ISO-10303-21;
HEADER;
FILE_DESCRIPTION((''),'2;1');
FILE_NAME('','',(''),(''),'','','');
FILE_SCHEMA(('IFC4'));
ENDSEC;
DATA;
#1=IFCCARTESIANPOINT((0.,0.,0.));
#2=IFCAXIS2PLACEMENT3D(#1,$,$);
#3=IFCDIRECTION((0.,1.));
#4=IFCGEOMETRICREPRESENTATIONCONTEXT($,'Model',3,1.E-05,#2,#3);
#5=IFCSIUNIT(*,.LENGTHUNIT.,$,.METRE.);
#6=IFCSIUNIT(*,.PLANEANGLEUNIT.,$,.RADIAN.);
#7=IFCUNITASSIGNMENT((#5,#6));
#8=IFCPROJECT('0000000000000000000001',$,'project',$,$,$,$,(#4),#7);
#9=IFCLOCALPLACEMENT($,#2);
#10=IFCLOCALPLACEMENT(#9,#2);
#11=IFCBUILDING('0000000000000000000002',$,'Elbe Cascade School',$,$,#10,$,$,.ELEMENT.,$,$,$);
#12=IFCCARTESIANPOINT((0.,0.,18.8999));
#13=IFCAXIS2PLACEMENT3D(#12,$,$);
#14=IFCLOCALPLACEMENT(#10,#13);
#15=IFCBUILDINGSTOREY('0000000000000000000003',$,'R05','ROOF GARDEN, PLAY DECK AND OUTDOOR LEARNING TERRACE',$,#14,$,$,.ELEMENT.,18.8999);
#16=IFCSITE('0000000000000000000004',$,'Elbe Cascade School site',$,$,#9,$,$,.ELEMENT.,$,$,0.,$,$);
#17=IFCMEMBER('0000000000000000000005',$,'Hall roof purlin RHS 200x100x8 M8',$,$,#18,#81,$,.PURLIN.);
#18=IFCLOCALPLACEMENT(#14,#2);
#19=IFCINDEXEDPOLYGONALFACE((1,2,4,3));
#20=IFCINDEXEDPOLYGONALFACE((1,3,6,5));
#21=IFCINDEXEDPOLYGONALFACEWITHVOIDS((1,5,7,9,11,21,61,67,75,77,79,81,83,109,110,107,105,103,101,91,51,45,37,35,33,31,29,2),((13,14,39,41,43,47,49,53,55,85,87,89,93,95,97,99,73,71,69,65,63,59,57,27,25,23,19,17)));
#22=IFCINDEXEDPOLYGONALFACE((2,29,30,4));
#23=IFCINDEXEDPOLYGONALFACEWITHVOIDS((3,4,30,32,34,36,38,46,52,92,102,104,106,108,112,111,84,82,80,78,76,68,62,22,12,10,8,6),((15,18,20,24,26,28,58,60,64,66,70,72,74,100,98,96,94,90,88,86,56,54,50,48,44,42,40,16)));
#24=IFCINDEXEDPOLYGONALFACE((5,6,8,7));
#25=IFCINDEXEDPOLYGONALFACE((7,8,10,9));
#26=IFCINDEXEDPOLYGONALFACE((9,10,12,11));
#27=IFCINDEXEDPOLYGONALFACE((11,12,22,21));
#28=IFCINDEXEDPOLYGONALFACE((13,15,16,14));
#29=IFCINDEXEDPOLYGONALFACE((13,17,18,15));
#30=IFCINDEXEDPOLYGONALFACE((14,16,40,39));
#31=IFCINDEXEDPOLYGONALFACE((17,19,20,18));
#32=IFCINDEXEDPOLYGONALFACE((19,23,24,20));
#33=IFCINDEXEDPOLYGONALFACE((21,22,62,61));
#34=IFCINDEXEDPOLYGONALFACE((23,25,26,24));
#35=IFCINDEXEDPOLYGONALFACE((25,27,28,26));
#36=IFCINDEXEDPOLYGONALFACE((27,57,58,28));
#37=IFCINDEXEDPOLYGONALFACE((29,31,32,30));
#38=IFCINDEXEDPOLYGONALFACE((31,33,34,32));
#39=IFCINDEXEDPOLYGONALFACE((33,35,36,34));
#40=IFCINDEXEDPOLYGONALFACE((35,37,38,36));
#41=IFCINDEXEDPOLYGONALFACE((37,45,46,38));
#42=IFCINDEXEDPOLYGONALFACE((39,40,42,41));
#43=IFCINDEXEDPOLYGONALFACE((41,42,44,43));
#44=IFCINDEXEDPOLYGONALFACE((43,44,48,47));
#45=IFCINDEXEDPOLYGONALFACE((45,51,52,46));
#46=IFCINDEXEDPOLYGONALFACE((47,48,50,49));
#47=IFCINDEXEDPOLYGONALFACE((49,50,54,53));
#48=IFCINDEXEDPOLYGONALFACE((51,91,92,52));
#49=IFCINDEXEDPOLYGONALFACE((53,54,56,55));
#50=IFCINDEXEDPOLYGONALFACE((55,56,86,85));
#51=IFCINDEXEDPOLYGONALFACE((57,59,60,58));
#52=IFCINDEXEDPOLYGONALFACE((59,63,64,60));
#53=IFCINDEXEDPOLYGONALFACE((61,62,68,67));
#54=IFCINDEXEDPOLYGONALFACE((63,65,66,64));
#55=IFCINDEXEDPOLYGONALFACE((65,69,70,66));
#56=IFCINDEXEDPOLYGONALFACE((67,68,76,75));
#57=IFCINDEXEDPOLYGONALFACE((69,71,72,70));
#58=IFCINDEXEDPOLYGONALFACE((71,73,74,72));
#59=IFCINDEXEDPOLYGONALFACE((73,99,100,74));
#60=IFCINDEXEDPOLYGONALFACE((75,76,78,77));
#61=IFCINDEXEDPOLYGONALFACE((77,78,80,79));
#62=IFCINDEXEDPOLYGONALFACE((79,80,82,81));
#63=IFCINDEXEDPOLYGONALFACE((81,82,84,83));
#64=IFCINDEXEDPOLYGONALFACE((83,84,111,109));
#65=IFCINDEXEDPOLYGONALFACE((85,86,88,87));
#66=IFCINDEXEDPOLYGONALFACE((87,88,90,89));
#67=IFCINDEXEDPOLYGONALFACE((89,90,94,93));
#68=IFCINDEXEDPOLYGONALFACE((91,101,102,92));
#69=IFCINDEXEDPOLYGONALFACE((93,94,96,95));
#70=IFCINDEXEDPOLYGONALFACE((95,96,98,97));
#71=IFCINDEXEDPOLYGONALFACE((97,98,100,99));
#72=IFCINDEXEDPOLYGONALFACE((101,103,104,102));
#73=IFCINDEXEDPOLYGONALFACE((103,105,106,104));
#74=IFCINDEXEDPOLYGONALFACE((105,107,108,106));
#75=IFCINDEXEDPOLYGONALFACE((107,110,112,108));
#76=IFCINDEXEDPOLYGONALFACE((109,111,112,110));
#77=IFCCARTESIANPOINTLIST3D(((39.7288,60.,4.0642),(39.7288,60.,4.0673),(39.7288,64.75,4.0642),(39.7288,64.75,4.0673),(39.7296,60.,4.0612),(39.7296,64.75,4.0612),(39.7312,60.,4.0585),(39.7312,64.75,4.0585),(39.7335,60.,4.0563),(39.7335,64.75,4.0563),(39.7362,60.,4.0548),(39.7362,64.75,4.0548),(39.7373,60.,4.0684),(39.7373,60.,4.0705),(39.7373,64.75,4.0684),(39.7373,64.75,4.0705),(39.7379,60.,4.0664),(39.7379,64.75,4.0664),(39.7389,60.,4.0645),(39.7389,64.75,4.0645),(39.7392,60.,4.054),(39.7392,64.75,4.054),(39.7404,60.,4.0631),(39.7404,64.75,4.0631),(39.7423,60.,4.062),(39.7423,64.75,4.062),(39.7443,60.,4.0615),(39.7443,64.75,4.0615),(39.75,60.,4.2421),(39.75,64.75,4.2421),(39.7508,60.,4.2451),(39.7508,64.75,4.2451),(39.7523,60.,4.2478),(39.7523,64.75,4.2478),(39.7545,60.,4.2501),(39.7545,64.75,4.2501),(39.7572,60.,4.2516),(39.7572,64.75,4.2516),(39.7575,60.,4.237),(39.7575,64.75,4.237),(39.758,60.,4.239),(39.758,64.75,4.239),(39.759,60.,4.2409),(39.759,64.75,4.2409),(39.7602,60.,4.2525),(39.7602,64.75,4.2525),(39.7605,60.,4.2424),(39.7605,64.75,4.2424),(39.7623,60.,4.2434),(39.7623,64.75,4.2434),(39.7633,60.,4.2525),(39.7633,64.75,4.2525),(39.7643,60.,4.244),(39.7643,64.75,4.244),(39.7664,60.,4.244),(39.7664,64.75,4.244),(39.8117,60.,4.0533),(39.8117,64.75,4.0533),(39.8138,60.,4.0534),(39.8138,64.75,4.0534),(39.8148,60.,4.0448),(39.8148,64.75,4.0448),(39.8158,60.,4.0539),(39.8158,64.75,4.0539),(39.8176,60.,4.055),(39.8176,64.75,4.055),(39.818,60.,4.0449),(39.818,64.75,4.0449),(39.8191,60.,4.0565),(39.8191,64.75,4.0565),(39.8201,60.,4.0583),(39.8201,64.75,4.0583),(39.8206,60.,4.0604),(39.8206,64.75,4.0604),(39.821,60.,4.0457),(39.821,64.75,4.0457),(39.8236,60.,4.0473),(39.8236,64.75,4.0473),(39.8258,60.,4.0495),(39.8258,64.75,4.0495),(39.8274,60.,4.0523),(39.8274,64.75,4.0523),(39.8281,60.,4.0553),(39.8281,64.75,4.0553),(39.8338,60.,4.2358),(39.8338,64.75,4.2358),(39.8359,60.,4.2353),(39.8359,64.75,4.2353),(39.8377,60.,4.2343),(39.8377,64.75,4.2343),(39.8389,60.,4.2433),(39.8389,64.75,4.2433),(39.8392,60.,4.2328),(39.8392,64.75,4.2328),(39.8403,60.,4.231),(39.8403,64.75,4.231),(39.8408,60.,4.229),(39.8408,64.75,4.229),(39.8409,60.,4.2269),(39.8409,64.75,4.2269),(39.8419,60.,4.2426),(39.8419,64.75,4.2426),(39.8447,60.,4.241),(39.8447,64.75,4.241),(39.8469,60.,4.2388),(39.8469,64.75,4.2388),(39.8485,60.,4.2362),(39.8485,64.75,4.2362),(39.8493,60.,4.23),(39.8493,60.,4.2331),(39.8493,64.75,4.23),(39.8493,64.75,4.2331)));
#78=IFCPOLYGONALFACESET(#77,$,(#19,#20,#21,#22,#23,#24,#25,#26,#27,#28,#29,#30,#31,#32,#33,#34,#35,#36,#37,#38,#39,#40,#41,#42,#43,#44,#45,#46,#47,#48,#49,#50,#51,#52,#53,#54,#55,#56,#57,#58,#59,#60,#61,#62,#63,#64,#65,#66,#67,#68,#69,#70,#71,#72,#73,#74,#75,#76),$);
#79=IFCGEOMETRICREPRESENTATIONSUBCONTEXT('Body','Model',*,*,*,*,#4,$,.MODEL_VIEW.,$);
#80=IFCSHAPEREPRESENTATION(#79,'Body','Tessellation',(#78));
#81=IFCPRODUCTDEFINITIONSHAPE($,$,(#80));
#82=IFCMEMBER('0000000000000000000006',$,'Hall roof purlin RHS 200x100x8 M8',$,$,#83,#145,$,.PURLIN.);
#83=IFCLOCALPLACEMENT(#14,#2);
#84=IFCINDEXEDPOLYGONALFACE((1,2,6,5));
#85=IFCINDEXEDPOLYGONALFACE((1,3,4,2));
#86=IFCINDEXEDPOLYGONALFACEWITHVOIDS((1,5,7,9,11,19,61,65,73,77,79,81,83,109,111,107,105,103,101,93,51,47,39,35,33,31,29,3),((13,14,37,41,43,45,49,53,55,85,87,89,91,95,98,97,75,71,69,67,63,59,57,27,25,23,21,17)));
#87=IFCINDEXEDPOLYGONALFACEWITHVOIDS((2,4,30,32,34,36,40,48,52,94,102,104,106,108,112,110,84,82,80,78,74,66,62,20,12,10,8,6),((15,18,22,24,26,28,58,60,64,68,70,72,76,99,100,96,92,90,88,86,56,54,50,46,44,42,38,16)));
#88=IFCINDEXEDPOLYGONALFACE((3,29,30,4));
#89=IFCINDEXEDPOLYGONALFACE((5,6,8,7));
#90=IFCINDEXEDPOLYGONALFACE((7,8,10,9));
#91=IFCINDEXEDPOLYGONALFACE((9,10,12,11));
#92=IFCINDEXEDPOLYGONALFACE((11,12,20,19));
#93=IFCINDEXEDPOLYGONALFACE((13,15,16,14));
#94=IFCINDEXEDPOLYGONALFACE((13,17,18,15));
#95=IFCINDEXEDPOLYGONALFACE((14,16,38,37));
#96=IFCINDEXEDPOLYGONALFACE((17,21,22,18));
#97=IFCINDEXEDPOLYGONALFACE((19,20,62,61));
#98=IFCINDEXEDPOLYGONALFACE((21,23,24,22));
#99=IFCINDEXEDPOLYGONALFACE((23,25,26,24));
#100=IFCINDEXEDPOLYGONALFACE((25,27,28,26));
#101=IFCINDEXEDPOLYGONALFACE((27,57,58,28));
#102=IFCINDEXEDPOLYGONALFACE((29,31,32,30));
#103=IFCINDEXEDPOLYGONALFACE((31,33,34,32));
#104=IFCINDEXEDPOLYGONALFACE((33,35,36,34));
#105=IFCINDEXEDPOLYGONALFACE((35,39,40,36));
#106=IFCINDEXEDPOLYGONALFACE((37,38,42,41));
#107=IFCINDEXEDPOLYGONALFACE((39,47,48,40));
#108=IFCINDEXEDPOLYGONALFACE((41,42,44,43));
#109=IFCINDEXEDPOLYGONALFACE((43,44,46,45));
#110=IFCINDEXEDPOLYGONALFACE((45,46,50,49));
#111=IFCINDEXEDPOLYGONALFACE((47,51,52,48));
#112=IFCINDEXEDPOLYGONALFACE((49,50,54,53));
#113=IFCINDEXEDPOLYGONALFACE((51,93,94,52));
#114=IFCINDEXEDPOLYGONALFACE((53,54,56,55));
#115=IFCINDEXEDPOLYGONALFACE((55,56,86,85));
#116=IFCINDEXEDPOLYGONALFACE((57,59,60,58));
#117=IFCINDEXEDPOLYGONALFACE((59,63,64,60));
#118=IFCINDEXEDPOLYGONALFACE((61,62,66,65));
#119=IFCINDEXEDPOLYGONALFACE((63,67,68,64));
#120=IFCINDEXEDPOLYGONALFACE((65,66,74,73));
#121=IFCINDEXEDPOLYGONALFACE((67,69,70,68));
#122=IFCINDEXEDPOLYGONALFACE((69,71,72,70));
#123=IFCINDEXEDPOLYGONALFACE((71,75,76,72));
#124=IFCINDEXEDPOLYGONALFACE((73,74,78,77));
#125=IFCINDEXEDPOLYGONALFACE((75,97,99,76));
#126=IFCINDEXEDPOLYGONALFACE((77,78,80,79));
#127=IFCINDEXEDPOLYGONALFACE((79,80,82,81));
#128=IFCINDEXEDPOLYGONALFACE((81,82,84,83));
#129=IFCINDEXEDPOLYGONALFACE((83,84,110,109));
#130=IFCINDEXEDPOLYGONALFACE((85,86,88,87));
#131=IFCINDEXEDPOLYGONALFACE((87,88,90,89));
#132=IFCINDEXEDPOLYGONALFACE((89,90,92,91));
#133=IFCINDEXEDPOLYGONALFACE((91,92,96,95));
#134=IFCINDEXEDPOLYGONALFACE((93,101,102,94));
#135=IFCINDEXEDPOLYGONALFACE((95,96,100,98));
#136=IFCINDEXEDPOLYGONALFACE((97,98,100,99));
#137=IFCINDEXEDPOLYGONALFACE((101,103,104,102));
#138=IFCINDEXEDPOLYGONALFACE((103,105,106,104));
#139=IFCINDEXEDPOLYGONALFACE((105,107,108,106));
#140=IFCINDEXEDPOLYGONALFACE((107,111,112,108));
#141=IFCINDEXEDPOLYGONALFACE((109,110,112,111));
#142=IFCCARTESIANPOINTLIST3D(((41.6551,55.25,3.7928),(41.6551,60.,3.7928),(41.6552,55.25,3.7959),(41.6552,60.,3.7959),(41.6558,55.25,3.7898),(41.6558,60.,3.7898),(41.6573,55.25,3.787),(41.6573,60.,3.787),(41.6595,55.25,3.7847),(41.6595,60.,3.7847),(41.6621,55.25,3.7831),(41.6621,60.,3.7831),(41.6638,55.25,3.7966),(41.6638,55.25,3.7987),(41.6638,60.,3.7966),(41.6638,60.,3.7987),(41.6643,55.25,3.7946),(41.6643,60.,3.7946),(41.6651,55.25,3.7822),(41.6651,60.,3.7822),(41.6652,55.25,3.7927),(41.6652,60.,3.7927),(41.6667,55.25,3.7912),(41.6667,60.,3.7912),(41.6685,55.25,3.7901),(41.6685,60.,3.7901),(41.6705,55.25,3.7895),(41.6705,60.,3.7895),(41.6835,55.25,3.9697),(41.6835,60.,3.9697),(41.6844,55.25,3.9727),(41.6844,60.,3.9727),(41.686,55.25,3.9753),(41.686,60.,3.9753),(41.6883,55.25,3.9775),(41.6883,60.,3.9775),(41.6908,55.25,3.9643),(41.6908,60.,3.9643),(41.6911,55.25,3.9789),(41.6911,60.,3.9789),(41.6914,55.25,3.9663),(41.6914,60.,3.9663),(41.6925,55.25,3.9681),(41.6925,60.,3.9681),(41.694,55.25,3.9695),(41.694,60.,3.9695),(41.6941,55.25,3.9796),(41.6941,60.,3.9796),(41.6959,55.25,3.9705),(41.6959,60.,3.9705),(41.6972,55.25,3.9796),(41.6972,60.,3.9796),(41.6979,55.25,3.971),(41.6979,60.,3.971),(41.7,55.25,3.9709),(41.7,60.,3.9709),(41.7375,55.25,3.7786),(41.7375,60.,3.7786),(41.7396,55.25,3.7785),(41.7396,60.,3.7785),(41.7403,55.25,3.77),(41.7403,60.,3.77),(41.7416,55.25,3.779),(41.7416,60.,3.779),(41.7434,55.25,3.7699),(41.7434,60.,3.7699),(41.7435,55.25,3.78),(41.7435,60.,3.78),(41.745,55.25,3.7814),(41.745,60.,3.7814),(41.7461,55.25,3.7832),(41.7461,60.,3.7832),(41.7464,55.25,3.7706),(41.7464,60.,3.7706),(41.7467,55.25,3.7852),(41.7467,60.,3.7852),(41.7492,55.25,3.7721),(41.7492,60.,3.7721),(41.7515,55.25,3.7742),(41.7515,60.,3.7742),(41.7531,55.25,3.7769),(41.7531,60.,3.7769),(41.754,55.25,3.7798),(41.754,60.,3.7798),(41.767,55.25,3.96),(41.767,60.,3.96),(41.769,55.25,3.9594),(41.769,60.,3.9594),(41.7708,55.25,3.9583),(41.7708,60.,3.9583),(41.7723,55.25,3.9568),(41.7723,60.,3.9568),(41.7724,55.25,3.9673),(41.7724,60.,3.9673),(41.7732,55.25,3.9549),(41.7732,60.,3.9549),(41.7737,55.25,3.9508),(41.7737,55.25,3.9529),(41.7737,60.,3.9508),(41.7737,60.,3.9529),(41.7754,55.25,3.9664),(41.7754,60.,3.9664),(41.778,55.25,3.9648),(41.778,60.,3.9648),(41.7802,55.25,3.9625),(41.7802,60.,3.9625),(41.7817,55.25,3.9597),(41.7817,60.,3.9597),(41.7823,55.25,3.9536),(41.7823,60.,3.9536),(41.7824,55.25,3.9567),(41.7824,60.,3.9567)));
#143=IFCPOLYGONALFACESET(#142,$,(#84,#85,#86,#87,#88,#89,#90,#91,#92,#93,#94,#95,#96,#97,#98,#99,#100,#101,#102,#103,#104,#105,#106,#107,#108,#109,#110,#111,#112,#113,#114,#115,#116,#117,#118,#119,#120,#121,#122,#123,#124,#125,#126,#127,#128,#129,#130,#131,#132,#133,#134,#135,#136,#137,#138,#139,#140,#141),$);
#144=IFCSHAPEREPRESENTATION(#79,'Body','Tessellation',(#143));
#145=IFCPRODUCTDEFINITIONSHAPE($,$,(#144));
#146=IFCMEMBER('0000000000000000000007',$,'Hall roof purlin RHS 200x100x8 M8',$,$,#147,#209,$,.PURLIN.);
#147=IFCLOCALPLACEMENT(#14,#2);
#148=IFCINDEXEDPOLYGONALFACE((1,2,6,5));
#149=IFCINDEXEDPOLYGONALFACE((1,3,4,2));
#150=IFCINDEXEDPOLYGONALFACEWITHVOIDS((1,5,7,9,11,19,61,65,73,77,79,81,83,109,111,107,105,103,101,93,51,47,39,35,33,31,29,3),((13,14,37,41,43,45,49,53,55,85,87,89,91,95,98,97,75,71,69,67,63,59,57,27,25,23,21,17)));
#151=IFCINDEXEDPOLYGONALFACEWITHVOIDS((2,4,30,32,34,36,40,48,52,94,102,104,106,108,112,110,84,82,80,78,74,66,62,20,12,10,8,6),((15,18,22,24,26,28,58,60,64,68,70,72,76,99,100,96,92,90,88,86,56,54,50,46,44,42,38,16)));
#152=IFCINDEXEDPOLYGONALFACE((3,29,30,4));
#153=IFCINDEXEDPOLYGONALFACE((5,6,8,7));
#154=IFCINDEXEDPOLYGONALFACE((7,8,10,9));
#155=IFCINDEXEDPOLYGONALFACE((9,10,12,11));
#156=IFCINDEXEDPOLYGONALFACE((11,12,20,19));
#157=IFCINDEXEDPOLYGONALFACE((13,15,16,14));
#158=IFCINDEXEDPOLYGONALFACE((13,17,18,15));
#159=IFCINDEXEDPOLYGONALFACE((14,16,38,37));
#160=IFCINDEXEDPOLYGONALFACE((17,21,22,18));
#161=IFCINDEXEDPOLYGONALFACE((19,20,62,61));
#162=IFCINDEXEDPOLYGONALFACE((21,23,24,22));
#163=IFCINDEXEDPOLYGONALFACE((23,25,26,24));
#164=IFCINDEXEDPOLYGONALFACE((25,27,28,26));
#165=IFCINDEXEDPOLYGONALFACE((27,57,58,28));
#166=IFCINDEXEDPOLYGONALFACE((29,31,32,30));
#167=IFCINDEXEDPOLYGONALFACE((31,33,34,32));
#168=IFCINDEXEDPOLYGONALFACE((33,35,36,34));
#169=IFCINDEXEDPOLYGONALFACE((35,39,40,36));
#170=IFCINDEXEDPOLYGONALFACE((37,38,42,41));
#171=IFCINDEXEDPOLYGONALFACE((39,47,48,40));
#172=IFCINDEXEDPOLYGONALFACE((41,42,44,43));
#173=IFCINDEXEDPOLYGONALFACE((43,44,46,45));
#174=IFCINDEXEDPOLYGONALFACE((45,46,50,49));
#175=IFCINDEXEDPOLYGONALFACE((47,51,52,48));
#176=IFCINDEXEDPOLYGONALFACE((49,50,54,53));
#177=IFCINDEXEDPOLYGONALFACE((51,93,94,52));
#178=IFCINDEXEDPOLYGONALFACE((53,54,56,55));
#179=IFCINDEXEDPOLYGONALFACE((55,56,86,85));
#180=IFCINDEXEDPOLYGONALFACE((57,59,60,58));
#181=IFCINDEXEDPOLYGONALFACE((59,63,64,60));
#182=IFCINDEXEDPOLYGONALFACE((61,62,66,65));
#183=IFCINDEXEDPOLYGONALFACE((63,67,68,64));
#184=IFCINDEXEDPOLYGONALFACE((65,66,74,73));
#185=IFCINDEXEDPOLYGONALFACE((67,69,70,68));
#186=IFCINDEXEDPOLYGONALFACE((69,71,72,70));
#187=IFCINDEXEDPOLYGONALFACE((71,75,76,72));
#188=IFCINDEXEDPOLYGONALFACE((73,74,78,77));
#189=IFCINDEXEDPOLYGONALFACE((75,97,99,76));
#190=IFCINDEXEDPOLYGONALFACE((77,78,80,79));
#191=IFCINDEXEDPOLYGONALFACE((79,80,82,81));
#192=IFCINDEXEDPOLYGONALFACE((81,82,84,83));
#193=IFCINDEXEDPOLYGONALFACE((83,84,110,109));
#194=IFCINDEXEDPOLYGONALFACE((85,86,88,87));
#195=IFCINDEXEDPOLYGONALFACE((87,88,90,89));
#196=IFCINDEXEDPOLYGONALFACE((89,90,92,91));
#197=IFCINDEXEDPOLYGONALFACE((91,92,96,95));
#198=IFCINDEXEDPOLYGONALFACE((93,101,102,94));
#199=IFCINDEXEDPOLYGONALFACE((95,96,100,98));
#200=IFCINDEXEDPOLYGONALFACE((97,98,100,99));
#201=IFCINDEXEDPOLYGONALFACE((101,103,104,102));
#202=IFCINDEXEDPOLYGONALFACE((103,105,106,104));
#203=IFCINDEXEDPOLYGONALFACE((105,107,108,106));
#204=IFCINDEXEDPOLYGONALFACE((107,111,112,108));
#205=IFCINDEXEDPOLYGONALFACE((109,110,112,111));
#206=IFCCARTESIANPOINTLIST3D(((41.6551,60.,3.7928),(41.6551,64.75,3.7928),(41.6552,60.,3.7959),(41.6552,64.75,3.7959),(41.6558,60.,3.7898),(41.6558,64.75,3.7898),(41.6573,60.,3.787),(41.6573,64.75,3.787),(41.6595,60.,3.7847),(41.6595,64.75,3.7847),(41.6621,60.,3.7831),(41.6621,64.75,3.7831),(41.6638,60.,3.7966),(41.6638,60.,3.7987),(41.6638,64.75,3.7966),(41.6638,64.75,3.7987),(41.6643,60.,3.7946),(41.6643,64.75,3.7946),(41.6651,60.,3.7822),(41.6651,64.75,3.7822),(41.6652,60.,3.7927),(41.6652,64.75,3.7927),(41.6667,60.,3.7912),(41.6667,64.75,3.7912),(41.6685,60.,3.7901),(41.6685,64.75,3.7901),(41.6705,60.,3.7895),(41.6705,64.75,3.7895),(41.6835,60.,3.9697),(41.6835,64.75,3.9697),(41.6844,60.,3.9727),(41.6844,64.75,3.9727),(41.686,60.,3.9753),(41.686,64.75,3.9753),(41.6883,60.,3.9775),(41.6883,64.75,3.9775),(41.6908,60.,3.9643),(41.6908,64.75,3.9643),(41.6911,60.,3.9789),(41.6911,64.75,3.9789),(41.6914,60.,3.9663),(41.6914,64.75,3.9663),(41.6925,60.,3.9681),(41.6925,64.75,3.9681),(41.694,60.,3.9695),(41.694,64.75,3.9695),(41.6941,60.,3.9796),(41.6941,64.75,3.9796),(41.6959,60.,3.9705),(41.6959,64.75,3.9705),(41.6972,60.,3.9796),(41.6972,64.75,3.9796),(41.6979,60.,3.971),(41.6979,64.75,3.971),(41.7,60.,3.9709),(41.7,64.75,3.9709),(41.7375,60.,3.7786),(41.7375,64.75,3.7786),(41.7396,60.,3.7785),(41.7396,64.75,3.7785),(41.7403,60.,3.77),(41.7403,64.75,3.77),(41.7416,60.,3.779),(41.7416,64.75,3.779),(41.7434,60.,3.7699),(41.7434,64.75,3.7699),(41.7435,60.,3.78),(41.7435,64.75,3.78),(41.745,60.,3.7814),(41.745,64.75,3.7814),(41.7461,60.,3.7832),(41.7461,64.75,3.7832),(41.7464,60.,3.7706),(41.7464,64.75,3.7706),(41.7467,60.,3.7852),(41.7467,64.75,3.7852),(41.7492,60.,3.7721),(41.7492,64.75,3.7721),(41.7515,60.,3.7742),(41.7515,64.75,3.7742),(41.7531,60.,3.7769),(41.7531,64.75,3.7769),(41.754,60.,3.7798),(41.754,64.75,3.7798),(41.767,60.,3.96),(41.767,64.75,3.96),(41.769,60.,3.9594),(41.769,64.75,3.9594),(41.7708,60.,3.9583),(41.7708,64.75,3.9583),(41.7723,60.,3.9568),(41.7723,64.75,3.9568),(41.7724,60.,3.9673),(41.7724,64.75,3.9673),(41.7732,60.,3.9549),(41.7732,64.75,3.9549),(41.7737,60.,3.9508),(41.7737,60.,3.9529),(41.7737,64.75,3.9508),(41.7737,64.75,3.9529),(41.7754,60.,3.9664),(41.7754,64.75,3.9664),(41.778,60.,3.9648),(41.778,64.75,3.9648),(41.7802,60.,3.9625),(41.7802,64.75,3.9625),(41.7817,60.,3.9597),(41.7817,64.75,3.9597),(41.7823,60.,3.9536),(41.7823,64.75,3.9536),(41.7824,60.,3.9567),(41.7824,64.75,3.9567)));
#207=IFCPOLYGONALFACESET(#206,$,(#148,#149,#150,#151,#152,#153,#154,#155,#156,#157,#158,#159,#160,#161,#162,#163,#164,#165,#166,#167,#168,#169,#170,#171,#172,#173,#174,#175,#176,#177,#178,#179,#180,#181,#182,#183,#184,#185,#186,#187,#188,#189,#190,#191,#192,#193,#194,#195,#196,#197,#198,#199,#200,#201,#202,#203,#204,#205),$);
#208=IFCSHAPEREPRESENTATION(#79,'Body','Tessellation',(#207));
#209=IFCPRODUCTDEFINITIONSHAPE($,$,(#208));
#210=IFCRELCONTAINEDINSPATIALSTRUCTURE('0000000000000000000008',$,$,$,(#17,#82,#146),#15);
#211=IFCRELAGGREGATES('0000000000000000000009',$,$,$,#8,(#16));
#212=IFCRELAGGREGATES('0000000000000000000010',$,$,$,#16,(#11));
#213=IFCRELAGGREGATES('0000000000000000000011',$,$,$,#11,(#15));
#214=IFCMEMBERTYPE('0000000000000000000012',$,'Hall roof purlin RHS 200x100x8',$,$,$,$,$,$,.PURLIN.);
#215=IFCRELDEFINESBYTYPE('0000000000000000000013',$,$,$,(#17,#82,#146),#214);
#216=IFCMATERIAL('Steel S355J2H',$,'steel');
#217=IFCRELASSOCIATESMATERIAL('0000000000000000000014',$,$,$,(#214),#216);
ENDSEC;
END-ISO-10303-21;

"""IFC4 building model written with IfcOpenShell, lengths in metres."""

from ifc_helpers import new_model, si_unit, direction, frame, origin, origin_2d, place, context, subcontext, project, spatial, hollow_rectangle, extrude, material, material_profile, profile_set, type_object, element, save


model = new_model("IFC4")

# Units and contexts
model_context = context("Model", 3, precision=1e-05, world=origin(), true_north=direction((0.0, 1.0)))
body_context = subcontext(model_context, "Body", "Model", "MODEL_VIEW")
ifc_project = project(units=[si_unit("LENGTHUNIT", "METRE"), si_unit("PLANEANGLEUNIT", "RADIAN")], contexts=[model_context])

# Site, building, storey
site_placement = place(None, origin())
site = spatial("IfcSite", under=ifc_project, at=site_placement, Name="Elbe Cascade School site", CompositionType="ELEMENT", RefElevation=0.0)
building_placement = place(site_placement, origin())
building = spatial("IfcBuilding", under=site, at=building_placement, Name="Elbe Cascade School", CompositionType="ELEMENT")
storey_placement = place(building_placement, frame((0.0, 0.0, 18.8999)))
storey = spatial("IfcBuildingStorey", under=building, at=storey_placement, Name="R05", Description="ROOF GARDEN, PLAY DECK AND OUTDOOR LEARNING TERRACE", CompositionType="ELEMENT", Elevation=18.8999)

# Members
ifc_material_1 = material(Name="Steel S355J2H", Category="steel")
ifc_material_profile_1 = material_profile(ifc_material_1, hollow_rectangle(XDim=0.1001, YDim=0.2, WallThickness=0.0081, InnerFilletRadius=0.0081, OuterFilletRadius=0.012, at=origin_2d()), Name="RHS 200x100x8")
ifc_profile_set_1 = profile_set([ifc_material_profile_1], Name="Steel S355J2H")
member_type_1 = type_object("IfcMemberType", Name="Hall roof purlin RHS 200x100x8", PredefinedType="PURLIN", material=ifc_profile_set_1)
for number, where, z_axis, x_axis, name in (
    (1, (39.7891, 60.0, 4.1487), (0.0, 1.0, 0.0), (-0.992718, 0.0, 0.120463), "Hall roof purlin RHS 200x100x8 M8"),
    (2, (41.7188, 55.25, 3.8748), (0.0, 1.0, 0.0), (-0.987017, 0.0, 0.160618), "Hall roof purlin RHS 200x100x8 M8"),
    (3, (41.7188, 60.0, 3.8748), (0.0, 1.0, 0.0), (-0.987017, 0.0, 0.160618), "Hall roof purlin RHS 200x100x8 M8"),
):
    element("IfcMember", number, at=place(storey_placement, frame(where, z_axis=z_axis, x_axis=x_axis)), inside=storey, type_object=member_type_1, Name=name, PredefinedType="PURLIN", context=body_context, shape_type="SweptSolid", body=[
        extrude(hollow_rectangle(XDim=0.1001, YDim=0.2, WallThickness=0.0081, InnerFilletRadius=0.0081, OuterFilletRadius=0.012, at=origin_2d()), origin(), (0.0, 0.0, 1.0), 4.75),
    ])

save(model, "model.ifc")
